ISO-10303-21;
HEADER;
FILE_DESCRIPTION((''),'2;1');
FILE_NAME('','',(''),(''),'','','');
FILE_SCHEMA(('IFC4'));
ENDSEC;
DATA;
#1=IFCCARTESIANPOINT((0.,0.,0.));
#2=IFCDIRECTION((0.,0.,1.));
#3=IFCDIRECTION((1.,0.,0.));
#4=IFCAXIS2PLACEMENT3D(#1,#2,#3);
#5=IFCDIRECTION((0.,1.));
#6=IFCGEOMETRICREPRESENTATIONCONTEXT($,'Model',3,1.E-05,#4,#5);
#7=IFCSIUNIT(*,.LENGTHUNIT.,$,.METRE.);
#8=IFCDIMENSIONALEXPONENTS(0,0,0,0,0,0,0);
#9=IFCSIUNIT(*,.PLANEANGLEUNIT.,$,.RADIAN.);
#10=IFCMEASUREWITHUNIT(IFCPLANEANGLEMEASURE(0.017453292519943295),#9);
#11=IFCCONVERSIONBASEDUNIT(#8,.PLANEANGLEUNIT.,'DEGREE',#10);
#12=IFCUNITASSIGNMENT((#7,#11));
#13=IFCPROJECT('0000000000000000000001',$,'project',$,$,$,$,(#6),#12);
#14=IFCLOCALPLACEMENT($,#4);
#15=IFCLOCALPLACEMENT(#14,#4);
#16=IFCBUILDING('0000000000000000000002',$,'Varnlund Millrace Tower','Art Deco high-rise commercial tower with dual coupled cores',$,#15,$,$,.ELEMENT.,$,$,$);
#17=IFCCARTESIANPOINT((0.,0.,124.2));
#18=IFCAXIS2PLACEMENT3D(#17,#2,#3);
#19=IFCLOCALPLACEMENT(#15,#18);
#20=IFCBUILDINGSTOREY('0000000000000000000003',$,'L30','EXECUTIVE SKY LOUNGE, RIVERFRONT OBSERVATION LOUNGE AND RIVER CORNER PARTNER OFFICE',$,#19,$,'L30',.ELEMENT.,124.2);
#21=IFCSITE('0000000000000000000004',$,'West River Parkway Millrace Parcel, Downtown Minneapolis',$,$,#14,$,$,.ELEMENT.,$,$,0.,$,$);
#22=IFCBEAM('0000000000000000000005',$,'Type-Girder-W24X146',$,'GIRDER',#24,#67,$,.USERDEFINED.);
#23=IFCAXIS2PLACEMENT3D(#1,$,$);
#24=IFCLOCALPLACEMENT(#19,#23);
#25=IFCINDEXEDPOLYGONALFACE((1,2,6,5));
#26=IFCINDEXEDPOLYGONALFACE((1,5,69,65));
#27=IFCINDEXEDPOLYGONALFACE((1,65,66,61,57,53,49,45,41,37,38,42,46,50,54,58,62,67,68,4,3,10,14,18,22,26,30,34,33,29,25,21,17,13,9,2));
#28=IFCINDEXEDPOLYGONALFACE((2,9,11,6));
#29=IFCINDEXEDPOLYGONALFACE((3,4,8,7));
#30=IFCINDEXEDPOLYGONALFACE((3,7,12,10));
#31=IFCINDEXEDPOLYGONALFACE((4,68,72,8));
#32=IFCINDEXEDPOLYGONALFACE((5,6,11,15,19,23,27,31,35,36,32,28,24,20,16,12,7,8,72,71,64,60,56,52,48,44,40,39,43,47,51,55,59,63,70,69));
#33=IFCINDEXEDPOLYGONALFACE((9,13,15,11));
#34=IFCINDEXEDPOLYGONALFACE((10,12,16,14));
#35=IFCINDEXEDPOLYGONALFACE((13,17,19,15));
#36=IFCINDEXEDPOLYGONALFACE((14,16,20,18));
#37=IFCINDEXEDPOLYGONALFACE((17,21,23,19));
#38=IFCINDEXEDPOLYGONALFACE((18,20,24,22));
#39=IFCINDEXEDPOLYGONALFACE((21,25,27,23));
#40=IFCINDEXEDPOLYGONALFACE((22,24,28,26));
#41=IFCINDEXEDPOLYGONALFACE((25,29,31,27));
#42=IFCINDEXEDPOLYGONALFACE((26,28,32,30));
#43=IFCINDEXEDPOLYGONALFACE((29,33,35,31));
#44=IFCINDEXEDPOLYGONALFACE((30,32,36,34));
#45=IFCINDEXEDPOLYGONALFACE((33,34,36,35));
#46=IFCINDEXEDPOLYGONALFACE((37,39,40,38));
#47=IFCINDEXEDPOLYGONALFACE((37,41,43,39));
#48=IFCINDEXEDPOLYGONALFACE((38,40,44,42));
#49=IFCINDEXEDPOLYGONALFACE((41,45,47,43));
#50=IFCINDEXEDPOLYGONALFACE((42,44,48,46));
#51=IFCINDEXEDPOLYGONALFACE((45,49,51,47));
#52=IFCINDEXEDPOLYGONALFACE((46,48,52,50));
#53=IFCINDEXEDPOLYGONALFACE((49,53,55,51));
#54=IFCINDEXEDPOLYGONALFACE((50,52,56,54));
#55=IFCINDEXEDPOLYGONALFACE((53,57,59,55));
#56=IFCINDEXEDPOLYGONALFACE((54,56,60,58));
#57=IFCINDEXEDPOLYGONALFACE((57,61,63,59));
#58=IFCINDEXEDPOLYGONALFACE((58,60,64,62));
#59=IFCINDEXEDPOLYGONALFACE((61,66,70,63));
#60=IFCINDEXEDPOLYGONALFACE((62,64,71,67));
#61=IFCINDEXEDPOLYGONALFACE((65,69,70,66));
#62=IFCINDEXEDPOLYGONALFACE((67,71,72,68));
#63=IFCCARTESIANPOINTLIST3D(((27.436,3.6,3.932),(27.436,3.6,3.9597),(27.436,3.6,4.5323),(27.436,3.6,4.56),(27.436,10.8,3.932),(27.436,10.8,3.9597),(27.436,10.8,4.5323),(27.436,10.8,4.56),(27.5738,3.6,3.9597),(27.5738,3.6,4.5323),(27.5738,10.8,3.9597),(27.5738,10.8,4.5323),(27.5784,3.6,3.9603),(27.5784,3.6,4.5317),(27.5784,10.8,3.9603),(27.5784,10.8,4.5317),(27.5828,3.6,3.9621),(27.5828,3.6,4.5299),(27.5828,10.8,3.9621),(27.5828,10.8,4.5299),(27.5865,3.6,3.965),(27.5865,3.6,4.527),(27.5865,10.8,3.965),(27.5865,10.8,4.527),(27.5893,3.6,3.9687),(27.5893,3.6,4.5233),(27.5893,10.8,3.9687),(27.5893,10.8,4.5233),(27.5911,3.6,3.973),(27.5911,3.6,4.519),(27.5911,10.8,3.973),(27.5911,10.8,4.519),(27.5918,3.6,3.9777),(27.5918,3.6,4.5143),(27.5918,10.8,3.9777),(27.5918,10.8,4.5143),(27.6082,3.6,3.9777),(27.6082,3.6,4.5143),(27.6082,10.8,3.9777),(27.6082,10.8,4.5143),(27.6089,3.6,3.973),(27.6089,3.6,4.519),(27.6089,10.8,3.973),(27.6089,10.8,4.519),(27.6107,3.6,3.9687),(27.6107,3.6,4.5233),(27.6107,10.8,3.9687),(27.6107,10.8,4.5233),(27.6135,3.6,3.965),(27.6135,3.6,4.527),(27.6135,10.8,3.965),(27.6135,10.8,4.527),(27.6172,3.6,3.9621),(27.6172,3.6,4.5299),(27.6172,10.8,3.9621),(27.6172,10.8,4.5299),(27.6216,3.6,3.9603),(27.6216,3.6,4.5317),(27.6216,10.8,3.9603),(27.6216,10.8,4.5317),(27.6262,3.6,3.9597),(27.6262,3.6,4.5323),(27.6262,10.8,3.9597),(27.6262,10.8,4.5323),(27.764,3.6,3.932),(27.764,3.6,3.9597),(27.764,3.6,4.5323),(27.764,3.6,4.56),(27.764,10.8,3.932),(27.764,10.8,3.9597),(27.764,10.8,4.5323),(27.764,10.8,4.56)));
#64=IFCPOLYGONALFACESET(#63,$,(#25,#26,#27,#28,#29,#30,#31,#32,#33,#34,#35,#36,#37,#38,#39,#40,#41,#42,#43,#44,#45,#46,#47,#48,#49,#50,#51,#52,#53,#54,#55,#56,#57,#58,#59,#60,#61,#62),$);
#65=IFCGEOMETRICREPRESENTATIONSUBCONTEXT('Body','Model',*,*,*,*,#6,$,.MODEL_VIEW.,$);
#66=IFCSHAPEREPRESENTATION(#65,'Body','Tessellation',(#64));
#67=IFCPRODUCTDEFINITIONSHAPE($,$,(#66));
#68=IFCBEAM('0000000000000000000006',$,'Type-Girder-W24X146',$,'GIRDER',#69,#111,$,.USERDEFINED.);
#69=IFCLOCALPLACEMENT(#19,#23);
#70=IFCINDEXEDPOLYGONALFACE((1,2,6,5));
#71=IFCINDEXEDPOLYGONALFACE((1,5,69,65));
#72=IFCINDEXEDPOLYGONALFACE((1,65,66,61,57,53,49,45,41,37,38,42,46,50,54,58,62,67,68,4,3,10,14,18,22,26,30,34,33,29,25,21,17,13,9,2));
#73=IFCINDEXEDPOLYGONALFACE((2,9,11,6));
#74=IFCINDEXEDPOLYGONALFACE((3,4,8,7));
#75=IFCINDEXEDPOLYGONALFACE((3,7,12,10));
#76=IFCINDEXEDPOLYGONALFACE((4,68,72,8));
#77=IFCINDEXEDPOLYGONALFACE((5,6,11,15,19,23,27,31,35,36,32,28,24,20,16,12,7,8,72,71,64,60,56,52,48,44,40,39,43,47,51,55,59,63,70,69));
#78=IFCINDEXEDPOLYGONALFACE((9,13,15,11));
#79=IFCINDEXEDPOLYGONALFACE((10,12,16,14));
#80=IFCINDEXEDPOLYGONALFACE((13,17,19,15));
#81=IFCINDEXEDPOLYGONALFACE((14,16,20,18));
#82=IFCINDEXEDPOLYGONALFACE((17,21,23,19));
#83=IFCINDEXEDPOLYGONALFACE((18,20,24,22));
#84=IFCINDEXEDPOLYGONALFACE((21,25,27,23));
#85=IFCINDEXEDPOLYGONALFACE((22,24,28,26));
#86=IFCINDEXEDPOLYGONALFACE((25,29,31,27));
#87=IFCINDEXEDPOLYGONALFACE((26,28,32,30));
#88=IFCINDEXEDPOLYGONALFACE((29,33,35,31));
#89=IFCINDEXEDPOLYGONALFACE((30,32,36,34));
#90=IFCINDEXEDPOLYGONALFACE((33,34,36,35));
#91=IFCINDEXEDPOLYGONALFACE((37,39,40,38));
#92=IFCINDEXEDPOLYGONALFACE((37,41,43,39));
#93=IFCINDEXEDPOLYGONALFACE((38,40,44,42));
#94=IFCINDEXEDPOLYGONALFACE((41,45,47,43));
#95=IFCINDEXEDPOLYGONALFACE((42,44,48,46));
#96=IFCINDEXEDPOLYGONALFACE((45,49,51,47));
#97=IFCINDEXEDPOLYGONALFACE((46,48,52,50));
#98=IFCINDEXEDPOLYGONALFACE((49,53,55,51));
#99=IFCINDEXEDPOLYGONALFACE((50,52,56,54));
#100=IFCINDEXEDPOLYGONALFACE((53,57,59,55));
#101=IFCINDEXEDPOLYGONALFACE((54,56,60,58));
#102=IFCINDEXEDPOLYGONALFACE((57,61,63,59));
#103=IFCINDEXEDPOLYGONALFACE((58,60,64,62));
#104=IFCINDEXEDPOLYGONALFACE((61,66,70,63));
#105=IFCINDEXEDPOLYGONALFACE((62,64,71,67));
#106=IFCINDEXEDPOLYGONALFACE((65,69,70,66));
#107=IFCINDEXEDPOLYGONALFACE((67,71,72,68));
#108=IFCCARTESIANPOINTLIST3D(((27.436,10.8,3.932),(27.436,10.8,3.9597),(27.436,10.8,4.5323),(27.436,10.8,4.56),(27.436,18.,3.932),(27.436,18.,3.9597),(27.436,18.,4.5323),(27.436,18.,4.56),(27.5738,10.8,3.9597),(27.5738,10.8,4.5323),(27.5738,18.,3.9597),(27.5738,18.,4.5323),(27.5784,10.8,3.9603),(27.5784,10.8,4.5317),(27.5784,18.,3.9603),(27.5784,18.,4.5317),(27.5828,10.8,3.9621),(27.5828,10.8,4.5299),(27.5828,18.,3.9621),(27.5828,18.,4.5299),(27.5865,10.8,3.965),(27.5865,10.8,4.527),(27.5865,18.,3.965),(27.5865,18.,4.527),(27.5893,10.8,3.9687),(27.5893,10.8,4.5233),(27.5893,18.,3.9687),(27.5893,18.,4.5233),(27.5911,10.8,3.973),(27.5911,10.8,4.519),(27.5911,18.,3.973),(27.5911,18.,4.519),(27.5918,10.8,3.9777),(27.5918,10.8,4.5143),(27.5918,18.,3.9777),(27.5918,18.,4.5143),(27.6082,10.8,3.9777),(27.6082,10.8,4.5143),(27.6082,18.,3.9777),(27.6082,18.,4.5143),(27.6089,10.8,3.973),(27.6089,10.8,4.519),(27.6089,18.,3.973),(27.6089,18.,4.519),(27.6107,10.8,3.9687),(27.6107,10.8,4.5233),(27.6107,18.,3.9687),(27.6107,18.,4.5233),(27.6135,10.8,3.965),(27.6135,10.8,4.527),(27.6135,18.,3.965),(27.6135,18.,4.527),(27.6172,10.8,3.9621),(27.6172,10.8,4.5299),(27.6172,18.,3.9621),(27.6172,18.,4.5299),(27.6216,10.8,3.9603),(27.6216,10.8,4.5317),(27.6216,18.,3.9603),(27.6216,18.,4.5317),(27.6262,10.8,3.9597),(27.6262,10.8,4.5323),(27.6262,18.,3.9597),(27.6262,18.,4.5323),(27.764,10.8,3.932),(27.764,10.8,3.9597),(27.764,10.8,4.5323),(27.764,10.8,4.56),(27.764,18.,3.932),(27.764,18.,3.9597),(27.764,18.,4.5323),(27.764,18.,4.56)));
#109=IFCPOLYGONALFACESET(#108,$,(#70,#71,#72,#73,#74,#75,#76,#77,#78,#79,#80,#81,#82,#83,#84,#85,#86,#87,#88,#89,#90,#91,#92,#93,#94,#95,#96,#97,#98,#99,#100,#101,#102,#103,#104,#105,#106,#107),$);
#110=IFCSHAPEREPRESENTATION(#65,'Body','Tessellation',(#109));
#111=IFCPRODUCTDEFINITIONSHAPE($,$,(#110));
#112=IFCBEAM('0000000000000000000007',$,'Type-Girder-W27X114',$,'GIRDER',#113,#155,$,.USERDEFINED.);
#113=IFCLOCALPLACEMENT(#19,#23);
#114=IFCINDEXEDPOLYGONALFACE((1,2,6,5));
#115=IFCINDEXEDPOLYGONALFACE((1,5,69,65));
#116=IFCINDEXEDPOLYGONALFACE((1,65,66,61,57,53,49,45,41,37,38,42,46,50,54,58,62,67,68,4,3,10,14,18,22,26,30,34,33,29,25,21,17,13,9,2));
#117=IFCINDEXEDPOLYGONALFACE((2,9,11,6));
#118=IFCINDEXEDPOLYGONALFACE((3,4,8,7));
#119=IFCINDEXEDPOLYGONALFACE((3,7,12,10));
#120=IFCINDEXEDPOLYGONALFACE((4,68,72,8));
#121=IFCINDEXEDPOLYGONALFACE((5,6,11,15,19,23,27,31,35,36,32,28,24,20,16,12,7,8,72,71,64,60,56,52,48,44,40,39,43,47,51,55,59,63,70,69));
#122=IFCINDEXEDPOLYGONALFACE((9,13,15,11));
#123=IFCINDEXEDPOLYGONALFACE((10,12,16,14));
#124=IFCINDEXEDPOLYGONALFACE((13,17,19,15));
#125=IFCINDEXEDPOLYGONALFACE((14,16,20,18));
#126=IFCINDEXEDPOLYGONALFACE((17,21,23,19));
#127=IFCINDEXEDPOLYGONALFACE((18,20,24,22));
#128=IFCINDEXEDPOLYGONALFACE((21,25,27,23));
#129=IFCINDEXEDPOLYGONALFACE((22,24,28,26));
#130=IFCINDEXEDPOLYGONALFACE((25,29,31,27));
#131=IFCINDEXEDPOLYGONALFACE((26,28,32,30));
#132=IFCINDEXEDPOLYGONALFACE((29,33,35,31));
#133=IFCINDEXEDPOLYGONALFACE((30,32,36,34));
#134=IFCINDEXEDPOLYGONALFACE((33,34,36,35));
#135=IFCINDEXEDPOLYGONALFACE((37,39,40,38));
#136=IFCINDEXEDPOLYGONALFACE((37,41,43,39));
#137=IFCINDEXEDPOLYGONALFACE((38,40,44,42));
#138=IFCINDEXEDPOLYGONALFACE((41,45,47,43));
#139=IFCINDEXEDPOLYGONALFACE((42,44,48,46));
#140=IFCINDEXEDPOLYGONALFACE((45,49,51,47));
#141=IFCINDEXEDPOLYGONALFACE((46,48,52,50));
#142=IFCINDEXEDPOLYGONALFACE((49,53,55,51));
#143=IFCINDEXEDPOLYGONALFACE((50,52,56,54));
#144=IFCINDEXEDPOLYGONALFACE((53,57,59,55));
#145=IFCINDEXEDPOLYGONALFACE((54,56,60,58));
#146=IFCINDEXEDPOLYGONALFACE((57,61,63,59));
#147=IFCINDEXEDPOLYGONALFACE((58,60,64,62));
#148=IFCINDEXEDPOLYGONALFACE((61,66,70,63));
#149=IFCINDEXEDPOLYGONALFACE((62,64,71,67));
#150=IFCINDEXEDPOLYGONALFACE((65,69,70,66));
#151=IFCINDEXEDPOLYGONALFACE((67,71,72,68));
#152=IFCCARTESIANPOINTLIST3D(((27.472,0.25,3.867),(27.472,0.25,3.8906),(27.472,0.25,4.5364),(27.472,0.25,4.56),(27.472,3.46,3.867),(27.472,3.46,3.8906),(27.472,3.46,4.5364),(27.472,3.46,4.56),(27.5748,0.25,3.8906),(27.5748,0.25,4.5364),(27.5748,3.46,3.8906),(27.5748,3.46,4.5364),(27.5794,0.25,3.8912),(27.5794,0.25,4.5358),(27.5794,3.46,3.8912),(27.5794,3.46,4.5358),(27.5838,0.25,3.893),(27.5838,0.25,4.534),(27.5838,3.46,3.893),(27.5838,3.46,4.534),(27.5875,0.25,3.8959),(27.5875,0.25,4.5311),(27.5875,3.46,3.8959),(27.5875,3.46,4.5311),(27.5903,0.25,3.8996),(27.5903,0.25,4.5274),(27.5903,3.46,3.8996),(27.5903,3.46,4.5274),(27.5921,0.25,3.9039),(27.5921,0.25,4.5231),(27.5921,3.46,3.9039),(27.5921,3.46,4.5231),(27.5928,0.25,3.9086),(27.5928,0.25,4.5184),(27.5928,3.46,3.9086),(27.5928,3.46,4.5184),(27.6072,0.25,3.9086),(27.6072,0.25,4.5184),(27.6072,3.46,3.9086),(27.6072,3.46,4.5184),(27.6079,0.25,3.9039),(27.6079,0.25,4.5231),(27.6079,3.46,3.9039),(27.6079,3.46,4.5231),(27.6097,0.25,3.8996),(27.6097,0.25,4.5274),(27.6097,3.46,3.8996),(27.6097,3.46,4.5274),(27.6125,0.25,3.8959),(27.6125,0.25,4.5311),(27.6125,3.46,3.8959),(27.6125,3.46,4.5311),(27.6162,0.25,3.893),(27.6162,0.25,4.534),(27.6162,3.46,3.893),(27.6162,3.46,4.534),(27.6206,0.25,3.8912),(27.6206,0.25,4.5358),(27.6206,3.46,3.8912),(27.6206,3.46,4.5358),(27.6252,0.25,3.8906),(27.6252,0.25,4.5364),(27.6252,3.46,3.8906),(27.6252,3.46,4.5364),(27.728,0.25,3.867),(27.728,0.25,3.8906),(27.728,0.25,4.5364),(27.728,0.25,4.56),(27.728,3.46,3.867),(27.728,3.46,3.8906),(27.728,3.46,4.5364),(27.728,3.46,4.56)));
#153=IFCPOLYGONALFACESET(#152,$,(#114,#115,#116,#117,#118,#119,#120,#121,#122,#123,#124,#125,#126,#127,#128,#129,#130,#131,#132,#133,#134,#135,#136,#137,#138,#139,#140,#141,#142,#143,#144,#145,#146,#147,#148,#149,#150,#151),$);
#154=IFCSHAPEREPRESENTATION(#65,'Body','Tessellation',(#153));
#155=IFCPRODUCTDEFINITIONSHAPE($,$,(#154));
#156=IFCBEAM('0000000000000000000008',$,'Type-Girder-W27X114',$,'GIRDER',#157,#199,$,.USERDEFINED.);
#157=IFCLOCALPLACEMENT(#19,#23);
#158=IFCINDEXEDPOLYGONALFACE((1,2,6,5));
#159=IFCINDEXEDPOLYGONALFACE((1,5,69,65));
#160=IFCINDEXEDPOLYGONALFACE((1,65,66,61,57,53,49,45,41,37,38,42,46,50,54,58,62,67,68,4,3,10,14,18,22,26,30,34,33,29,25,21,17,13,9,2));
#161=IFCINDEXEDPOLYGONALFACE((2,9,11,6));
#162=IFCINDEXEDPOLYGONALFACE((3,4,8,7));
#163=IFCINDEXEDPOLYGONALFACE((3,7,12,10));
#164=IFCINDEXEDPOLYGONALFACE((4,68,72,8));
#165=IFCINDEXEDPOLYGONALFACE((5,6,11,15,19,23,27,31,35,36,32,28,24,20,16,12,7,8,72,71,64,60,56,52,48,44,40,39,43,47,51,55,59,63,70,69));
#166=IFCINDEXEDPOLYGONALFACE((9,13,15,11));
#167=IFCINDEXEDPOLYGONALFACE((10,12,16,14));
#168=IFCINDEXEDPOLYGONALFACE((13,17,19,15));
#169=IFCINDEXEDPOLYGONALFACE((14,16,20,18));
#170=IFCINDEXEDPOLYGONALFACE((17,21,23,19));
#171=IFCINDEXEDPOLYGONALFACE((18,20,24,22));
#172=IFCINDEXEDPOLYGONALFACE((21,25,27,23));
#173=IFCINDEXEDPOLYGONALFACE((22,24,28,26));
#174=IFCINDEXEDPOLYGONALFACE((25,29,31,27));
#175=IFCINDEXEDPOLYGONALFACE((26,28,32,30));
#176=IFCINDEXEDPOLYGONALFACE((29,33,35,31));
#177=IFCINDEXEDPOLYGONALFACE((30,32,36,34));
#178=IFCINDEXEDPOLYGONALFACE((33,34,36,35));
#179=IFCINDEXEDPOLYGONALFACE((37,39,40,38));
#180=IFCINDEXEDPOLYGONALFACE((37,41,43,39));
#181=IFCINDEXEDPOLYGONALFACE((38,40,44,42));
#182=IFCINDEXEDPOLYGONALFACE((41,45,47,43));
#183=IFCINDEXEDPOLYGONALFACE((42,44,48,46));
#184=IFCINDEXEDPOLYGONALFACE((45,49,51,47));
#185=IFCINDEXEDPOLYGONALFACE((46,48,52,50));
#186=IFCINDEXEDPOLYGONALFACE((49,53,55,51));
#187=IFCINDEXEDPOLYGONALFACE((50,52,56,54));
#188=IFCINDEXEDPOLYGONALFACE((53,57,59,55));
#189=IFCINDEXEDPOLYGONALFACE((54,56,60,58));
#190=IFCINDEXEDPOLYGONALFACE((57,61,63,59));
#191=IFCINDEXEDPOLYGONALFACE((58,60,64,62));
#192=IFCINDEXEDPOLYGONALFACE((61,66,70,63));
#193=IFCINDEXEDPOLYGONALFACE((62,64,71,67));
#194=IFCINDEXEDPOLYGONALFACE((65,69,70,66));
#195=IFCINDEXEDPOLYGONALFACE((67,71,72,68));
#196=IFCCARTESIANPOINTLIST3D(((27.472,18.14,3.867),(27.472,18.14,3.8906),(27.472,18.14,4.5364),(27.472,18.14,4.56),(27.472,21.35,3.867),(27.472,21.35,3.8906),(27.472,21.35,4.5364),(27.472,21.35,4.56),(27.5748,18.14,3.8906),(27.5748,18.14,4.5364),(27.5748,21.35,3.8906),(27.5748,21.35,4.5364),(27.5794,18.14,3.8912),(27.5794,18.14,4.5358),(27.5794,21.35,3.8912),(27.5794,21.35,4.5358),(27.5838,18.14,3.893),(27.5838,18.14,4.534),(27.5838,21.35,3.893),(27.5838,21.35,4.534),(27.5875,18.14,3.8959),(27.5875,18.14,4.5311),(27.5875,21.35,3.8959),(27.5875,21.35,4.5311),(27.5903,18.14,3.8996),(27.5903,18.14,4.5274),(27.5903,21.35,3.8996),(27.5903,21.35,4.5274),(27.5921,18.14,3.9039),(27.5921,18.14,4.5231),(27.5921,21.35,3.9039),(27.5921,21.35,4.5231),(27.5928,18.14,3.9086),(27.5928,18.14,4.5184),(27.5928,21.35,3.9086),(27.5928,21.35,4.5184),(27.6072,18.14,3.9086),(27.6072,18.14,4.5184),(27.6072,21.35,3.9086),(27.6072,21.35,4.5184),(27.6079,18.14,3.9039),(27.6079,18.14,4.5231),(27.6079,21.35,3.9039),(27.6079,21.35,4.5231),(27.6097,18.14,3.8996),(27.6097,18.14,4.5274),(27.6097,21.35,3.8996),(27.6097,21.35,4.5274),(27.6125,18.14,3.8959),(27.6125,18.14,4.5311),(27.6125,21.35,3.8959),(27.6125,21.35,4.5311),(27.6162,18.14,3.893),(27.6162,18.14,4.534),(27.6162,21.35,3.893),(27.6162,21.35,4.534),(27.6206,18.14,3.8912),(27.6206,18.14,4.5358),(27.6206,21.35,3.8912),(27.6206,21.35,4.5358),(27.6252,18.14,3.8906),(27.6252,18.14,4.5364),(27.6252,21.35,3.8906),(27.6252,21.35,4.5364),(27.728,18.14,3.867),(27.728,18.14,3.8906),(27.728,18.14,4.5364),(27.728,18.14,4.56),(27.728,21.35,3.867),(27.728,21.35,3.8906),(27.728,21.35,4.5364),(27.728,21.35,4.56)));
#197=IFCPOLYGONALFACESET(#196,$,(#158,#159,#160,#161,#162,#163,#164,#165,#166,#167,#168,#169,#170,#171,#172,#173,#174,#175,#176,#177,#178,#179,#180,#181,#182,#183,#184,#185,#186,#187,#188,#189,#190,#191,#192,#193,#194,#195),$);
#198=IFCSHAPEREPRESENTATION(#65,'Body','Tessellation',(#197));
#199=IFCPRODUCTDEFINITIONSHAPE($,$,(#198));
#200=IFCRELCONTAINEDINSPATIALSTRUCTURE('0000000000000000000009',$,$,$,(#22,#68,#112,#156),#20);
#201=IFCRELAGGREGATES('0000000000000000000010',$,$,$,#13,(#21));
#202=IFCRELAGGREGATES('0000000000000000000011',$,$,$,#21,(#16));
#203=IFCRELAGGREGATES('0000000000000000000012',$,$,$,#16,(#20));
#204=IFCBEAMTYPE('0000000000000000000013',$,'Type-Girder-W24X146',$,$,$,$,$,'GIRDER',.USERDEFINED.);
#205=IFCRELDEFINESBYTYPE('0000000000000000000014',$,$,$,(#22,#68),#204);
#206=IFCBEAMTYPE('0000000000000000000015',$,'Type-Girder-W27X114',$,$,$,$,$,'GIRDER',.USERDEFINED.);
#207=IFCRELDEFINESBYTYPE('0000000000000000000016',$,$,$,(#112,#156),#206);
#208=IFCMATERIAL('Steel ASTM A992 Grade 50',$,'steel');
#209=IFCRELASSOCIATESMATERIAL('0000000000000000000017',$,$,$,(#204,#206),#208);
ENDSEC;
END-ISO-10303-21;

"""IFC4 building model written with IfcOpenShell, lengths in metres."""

from ifc_helpers import new_model, entity, si_unit, converted_unit, direction, frame, origin_with_axes, origin_2d_with_axis, place, context, subcontext, project, spatial, i_section, extrude, material, material_profile, profile_set, type_object, element, save


model = new_model("IFC4")

# Units and contexts
model_context = context("Model", 3, precision=1e-05, world=origin_with_axes(), true_north=direction((0.0, 1.0)))
body_context = subcontext(model_context, "Body", "Model", "MODEL_VIEW")
ifc_project = project(units=[si_unit("LENGTHUNIT", "METRE"), converted_unit("PLANEANGLEUNIT", "DEGREE", entity("IfcPlaneAngleMeasure", 0.017453292519943295), si_unit("PLANEANGLEUNIT", "RADIAN"), dimensions=[0, 0, 0, 0, 0, 0, 0])], contexts=[model_context])

# Site, building, storey
site_placement = place(None, origin_with_axes())
site = spatial("IfcSite", under=ifc_project, at=site_placement, Name="West River Parkway Millrace Parcel, Downtown Minneapolis", CompositionType="ELEMENT", RefElevation=0.0)
building_placement = place(site_placement, origin_with_axes())
building = spatial("IfcBuilding", under=site, at=building_placement, Name="Varnlund Millrace Tower", Description="Art Deco high-rise commercial tower with dual coupled cores", CompositionType="ELEMENT")
storey_placement = place(building_placement, frame((0.0, 0.0, 124.2), z_axis=(0.0, 0.0, 1.0), x_axis=(1.0, 0.0, 0.0)))
storey = spatial("IfcBuildingStorey", under=building, at=storey_placement, Name="L30", Description="EXECUTIVE SKY LOUNGE, RIVERFRONT OBSERVATION LOUNGE AND RIVER CORNER PARTNER OFFICE", LongName="L30", CompositionType="ELEMENT", Elevation=124.2)

# Beams
ifc_material_1 = material(Name="Steel ASTM A992 Grade 50", Category="steel")
ifc_material_profile_1 = material_profile(ifc_material_1, i_section(OverallWidth=0.328, OverallDepth=0.628, WebThickness=0.0165, FlangeThickness=0.0277, FilletRadius=0.018, at=origin_2d_with_axis()), Name="Steel ASTM A992 Grade 50")
ifc_profile_set_1 = profile_set([ifc_material_profile_1], Name="Steel ASTM A992 Grade 50")
beam_type_1 = type_object("IfcBeamType", Name="Type-Girder-W24X146", ElementType="GIRDER", PredefinedType="USERDEFINED", material=ifc_profile_set_1)
for number, where, z_axis, x_axis, name in (
    (1, (27.6, 3.6, 4.246), (0.0, 1.0, 0.0), (-1.0, 0.0, 0.0), "Type-Girder-W24X146"),
    (2, (27.6, 10.8, 4.246), (0.0, 1.0, 0.0), (-1.0, 0.0, 0.0), "Type-Girder-W24X146"),
):
    element("IfcBeam", number, at=place(storey_placement, frame(where, z_axis=z_axis, x_axis=x_axis)), inside=storey, type_object=beam_type_1, Name=name, ObjectType="GIRDER", PredefinedType="USERDEFINED", context=body_context, shape_type="SweptSolid", body=[
        extrude(i_section(OverallWidth=0.328, OverallDepth=0.628, WebThickness=0.0165, FlangeThickness=0.0277, FilletRadius=0.018, at=origin_2d_with_axis()), origin_with_axes(), (0.0, 0.0, 1.0), 7.2),
    ])
ifc_material_profile_2 = material_profile(ifc_material_1, i_section(OverallWidth=0.256, OverallDepth=0.693, WebThickness=0.0145, FlangeThickness=0.0236, FilletRadius=0.018, at=origin_2d_with_axis()), Name="Steel ASTM A992 Grade 50")
ifc_profile_set_2 = profile_set([ifc_material_profile_2], Name="Steel ASTM A992 Grade 50")
beam_type_2 = type_object("IfcBeamType", Name="Type-Girder-W27X114", ElementType="GIRDER", PredefinedType="USERDEFINED", material=ifc_profile_set_2)
for number, where, z_axis, x_axis, name in (
    (3, (27.6, 0.25, 4.2135), (0.0, 1.0, 0.0), (-1.0, 0.0, 0.0), "Type-Girder-W27X114"),
    (4, (27.6, 18.14, 4.2135), (0.0, 1.0, 0.0), (-1.0, 0.0, 0.0), "Type-Girder-W27X114"),
):
    element("IfcBeam", number, at=place(storey_placement, frame(where, z_axis=z_axis, x_axis=x_axis)), inside=storey, type_object=beam_type_2, Name=name, ObjectType="GIRDER", PredefinedType="USERDEFINED", context=body_context, shape_type="SweptSolid", body=[
        extrude(i_section(OverallWidth=0.256, OverallDepth=0.693, WebThickness=0.0145, FlangeThickness=0.0236, FilletRadius=0.018, at=origin_2d_with_axis()), origin_with_axes(), (0.0, 0.0, 1.0), 3.21),
    ])

save(model, "model.ifc")
